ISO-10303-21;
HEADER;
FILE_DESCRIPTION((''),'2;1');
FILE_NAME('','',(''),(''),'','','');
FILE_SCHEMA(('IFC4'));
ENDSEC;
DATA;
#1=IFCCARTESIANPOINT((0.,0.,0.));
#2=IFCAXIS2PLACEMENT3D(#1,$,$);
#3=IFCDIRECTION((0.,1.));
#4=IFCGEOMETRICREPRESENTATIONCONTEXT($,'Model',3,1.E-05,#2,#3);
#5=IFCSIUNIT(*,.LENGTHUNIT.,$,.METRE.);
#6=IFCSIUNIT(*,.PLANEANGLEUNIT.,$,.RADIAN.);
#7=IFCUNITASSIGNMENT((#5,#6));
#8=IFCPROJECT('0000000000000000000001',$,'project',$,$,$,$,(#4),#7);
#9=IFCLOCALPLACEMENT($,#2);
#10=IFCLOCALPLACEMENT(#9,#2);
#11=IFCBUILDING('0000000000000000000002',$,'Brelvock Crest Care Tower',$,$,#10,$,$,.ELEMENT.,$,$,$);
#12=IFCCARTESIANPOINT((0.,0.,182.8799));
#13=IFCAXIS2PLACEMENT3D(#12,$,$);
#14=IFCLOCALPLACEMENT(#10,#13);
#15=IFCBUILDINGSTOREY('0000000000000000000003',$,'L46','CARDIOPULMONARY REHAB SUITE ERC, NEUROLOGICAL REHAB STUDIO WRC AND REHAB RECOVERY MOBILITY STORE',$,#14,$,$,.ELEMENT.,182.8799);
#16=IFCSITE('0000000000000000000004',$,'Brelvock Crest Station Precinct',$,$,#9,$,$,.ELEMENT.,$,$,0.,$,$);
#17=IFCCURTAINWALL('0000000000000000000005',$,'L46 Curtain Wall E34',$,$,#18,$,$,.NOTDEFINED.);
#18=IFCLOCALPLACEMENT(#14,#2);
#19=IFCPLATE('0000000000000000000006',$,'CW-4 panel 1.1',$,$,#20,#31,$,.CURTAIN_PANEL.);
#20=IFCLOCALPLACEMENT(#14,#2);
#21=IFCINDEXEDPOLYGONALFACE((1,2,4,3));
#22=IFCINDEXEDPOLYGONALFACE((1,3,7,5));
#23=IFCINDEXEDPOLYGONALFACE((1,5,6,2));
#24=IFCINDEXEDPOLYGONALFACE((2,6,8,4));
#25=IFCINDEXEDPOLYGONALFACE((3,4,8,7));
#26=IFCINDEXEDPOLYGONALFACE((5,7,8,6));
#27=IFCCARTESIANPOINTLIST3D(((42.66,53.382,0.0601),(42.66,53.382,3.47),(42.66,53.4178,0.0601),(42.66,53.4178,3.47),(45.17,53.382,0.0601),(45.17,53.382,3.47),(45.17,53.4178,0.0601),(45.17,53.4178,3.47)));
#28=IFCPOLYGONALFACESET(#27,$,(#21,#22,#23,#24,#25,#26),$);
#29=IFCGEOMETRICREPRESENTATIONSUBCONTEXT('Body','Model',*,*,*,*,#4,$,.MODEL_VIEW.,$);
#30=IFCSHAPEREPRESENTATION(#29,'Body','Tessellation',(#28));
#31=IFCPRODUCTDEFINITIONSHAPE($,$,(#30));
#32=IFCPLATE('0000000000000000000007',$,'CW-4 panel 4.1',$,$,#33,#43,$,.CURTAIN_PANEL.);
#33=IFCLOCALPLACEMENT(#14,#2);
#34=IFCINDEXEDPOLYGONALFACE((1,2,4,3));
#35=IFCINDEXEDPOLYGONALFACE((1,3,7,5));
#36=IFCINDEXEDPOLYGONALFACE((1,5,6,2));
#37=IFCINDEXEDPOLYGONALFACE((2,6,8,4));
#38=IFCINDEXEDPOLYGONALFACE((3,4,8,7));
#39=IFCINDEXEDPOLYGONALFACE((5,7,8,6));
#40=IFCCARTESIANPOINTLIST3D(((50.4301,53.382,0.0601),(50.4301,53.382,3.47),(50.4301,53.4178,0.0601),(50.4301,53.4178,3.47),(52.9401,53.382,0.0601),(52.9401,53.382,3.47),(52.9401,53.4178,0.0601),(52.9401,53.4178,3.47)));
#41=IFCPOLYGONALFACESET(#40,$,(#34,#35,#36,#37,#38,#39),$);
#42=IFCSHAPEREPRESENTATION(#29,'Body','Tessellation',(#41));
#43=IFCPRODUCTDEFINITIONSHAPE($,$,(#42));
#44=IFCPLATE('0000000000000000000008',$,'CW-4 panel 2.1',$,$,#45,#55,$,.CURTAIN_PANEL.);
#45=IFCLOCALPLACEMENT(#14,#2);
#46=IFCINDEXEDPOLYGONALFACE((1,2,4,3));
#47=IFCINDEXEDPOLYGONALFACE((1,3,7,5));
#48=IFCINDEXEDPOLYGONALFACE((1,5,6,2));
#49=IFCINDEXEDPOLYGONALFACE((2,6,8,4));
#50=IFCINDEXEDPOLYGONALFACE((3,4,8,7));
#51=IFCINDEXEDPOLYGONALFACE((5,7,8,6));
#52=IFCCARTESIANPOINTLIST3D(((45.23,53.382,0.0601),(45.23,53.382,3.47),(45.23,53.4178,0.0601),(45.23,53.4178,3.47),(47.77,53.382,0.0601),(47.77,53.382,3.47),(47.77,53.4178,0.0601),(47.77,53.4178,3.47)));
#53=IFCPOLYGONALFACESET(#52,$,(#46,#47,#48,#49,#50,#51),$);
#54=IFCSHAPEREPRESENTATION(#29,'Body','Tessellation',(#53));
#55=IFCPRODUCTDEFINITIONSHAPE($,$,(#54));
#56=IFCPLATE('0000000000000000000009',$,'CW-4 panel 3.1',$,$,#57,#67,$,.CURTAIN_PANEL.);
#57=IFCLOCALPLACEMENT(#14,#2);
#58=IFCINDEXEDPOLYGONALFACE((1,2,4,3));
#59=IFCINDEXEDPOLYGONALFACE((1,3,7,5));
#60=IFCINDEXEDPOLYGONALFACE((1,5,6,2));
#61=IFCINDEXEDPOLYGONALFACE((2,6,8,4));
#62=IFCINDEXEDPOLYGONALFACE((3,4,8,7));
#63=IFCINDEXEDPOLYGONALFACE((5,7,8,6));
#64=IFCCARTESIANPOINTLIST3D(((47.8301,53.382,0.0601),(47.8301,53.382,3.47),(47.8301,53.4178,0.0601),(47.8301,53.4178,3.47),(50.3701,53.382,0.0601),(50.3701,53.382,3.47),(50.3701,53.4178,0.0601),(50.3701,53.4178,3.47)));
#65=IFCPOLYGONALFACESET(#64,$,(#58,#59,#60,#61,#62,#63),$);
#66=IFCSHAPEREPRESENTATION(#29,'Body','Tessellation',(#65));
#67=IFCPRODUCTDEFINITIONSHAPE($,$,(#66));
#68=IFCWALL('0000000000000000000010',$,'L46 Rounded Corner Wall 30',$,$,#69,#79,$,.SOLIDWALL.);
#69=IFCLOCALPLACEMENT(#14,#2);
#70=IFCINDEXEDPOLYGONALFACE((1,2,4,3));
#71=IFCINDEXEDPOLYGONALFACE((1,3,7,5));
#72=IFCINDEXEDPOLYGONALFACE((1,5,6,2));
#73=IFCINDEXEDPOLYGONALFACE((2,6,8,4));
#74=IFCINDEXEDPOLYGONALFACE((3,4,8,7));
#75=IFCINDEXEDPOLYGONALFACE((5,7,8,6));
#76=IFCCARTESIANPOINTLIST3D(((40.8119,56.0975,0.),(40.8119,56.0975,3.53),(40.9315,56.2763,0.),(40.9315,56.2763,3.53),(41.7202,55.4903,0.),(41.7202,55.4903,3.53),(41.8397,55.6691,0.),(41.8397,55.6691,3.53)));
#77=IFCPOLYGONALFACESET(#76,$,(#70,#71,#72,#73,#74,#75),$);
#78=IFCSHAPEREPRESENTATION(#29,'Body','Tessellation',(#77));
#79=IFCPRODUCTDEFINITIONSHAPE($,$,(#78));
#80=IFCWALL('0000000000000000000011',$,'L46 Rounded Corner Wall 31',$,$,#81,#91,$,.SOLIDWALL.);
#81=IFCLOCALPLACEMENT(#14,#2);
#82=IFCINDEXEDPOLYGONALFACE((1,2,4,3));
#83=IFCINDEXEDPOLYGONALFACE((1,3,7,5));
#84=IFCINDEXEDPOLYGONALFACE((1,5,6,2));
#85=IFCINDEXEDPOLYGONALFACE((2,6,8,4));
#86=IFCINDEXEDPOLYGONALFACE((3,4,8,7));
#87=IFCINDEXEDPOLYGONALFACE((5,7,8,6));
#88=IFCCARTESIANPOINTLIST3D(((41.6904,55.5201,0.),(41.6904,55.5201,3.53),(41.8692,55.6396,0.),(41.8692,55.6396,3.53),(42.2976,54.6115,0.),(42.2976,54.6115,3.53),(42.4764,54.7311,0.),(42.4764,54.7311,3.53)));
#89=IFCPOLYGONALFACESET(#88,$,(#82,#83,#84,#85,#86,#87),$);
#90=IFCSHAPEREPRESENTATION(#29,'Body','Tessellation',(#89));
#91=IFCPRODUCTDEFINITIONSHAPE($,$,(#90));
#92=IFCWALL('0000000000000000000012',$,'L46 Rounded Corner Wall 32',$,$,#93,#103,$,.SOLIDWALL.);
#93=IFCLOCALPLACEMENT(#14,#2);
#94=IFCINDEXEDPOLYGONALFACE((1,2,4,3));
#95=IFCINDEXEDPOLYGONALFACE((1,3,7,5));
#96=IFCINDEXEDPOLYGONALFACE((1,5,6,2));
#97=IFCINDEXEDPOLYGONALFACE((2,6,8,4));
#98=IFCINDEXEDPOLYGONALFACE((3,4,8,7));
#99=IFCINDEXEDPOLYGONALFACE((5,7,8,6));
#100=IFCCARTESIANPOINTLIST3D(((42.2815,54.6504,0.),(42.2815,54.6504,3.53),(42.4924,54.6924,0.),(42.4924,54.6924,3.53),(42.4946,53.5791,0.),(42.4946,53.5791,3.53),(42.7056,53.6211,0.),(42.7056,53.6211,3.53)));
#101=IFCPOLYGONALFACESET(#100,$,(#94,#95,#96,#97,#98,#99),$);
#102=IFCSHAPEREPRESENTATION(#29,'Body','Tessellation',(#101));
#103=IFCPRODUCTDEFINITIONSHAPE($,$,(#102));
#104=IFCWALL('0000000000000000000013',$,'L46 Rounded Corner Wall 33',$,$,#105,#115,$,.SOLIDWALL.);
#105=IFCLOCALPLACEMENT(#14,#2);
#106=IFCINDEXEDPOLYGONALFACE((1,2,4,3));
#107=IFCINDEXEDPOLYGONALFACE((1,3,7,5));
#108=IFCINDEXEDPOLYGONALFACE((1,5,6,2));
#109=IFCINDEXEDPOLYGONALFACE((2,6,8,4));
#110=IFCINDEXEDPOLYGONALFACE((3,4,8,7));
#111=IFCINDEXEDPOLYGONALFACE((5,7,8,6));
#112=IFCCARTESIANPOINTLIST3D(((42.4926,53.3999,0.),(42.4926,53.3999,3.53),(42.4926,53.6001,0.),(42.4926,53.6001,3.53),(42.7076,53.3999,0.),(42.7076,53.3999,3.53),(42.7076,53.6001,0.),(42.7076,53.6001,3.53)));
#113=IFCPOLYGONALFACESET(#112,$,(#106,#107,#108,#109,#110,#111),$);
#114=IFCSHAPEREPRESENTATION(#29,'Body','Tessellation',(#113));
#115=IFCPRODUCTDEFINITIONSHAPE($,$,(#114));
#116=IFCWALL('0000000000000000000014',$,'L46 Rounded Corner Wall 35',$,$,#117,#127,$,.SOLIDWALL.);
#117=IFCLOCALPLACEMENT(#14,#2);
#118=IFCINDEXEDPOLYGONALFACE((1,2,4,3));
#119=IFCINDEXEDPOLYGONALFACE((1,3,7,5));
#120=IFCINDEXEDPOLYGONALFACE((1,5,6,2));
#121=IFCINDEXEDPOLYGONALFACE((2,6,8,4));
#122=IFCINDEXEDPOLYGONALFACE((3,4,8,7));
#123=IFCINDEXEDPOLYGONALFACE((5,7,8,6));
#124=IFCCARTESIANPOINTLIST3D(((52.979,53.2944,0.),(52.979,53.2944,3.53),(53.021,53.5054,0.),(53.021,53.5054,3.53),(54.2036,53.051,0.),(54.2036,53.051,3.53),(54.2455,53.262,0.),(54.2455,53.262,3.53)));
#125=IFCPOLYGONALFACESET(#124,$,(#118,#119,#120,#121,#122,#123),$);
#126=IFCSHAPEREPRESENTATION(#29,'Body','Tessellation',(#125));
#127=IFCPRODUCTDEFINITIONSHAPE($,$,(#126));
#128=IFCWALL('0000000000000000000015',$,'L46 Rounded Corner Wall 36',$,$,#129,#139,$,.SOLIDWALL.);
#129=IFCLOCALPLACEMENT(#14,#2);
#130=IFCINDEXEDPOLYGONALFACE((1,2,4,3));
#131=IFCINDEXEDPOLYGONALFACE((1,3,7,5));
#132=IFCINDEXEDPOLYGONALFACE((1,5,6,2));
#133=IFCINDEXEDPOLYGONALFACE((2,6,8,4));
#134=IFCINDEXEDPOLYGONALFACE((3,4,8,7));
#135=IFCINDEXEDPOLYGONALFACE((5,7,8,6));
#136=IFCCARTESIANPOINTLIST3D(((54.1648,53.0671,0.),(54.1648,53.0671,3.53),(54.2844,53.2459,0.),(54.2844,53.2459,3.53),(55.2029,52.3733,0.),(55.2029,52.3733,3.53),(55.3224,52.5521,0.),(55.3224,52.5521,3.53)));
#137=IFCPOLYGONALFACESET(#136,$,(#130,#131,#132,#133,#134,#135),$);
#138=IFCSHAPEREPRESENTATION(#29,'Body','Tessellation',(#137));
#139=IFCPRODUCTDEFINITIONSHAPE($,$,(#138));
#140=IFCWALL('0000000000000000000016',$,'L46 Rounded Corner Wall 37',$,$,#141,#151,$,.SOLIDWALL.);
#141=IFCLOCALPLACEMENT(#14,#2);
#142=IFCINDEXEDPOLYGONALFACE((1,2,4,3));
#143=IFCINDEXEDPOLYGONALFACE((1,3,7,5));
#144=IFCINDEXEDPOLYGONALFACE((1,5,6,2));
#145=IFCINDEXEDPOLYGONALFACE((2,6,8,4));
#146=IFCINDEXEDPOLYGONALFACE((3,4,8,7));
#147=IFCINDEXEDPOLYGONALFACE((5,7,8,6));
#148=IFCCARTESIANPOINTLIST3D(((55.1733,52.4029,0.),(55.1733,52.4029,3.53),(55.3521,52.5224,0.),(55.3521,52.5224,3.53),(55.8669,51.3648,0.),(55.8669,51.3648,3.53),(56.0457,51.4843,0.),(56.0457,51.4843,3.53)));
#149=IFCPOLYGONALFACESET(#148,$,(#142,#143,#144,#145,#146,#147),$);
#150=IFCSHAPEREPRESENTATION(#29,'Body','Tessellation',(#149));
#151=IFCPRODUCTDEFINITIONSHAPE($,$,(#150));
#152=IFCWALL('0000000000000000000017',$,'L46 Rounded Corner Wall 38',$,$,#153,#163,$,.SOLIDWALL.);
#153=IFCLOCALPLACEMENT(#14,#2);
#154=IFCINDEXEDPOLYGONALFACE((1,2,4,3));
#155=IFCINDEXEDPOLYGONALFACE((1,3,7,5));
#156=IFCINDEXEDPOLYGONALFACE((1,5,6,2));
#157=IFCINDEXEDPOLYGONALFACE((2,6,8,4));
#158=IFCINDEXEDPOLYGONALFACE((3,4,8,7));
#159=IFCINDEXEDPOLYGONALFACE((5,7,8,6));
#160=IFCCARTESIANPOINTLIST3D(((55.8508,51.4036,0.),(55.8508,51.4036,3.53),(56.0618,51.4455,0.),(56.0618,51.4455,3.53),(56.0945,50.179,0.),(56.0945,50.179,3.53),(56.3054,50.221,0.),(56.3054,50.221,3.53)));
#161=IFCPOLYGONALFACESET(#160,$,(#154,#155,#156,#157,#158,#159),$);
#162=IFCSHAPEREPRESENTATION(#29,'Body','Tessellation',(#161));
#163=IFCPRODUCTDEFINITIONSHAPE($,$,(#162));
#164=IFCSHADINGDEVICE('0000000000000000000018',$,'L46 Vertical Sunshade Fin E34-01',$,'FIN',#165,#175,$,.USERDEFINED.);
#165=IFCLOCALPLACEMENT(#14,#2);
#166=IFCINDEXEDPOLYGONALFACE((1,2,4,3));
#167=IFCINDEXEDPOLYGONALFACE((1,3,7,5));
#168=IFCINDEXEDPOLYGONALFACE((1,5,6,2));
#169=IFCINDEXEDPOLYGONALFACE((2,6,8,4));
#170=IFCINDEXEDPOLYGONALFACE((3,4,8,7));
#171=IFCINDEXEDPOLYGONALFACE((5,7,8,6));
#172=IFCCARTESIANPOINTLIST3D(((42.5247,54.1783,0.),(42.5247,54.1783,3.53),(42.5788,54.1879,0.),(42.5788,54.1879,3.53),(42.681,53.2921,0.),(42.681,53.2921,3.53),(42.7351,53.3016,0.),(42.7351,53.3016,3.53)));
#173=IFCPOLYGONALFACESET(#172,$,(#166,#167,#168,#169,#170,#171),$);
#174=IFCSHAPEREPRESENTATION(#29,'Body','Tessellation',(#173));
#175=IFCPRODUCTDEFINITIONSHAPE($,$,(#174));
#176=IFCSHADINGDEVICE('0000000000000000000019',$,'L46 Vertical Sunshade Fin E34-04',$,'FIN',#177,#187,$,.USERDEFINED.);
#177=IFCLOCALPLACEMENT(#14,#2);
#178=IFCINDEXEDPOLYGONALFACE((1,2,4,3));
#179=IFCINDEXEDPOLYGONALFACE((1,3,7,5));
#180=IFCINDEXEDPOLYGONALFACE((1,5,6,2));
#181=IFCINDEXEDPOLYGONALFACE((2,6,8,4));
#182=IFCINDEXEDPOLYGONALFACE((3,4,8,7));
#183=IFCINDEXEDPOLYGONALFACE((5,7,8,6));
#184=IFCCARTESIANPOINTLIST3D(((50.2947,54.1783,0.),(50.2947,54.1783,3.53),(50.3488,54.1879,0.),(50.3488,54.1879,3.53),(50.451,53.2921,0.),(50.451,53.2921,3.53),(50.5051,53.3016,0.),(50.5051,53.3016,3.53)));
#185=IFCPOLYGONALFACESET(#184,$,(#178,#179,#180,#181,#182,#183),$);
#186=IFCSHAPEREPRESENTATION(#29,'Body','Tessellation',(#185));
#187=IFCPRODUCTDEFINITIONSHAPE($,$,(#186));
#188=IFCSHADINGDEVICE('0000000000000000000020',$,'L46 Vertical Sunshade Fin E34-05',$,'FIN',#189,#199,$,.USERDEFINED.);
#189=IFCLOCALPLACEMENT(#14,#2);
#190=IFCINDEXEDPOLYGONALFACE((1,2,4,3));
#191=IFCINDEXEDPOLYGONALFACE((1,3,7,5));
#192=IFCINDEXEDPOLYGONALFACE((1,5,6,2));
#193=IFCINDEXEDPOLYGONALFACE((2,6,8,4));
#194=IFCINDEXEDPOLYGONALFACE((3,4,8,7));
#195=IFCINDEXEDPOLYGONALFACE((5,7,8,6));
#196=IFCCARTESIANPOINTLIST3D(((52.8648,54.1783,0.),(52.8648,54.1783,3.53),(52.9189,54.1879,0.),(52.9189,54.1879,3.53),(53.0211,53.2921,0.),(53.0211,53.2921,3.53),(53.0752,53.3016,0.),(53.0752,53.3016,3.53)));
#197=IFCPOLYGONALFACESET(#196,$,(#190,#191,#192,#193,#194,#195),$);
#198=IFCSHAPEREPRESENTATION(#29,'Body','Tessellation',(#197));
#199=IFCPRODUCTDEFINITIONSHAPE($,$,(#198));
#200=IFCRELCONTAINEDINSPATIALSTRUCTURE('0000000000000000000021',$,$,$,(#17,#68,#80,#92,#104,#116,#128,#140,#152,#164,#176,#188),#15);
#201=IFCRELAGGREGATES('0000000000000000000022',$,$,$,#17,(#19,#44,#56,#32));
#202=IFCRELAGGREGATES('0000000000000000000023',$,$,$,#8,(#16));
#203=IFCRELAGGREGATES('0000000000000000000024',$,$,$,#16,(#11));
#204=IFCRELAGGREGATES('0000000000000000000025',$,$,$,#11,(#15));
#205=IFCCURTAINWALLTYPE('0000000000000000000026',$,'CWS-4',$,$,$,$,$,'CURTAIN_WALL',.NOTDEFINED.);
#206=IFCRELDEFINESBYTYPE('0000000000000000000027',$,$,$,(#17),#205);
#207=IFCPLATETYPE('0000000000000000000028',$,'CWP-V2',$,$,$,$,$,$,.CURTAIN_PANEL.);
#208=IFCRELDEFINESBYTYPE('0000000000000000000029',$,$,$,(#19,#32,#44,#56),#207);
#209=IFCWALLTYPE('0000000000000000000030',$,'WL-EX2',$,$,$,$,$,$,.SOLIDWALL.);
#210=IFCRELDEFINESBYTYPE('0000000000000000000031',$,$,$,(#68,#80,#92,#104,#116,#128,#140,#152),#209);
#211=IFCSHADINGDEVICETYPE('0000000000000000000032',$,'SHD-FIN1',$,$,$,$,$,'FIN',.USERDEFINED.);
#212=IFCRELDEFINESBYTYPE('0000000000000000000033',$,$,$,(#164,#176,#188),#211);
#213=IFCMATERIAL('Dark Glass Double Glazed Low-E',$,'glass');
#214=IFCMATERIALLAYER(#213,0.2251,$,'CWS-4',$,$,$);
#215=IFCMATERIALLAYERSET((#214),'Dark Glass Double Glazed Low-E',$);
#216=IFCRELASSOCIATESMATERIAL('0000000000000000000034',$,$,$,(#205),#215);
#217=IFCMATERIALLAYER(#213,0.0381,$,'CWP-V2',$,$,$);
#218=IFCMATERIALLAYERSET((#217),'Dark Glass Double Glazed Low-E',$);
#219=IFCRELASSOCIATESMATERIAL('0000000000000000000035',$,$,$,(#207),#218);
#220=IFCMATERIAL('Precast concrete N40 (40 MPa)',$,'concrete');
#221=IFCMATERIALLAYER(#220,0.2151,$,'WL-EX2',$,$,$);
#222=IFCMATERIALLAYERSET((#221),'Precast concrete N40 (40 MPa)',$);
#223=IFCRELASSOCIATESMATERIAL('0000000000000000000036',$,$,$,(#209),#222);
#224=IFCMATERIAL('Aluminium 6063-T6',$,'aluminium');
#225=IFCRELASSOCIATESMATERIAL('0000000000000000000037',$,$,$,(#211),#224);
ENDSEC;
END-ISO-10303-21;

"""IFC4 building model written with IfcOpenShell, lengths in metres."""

from ifc_helpers import new_model, si_unit, direction, frame, frame_2d, origin, origin_2d, place, context, subcontext, project, spatial, rectangle, extrude, source, transform, mapped, material, layer, layer_set, material_profile, profile_set, type_object, element, aggregate, save


model = new_model("IFC4")

# Units and contexts
model_context = context("Model", 3, precision=1e-05, world=origin(), true_north=direction((0.0, 1.0)))
body_context = subcontext(model_context, "Body", "Model", "MODEL_VIEW")
ifc_project = project(units=[si_unit("LENGTHUNIT", "METRE"), si_unit("PLANEANGLEUNIT", "RADIAN")], contexts=[model_context])

# Site, building, storey
site_placement = place(None, origin())
site = spatial("IfcSite", under=ifc_project, at=site_placement, Name="Brelvock Crest Station Precinct", CompositionType="ELEMENT", RefElevation=0.0)
building_placement = place(site_placement, origin())
building = spatial("IfcBuilding", under=site, at=building_placement, Name="Brelvock Crest Care Tower", CompositionType="ELEMENT")
storey_placement = place(building_placement, frame((0.0, 0.0, 182.8799)))
storey = spatial("IfcBuildingStorey", under=building, at=storey_placement, Name="L46", Description="CARDIOPULMONARY REHAB SUITE ERC, NEUROLOGICAL REHAB STUDIO WRC AND REHAB RECOVERY MOBILITY STORE", CompositionType="ELEMENT", Elevation=182.8799)

# Curtain wall
ifc_material_1 = material(Name="Dark Glass Double Glazed Low-E", Category="glass")
ifc_layer_1 = layer(ifc_material_1, 0.2251, Name="CWS-4")
ifc_layer_set_1 = layer_set([ifc_layer_1], Name="Dark Glass Double Glazed Low-E")
curtain_wall_type = type_object("IfcCurtainWallType", Name="CWS-4", ElementType="CURTAIN_WALL", PredefinedType="NOTDEFINED", material=ifc_layer_set_1)
curtain_wall_1_placement = place(storey_placement, origin())
curtain_wall_1 = element("IfcCurtainWall", 1, at=curtain_wall_1_placement, inside=storey, type_object=curtain_wall_type, Name="L46 Curtain Wall E34", PredefinedType="NOTDEFINED")
ifc_material_2 = material(Name="Aluminium 6063-T6", Category="aluminium")

# Plates
ifc_layer_2 = layer(ifc_material_1, 0.0381, Name="CWP-V2")
ifc_layer_set_2 = layer_set([ifc_layer_2], Name="Dark Glass Double Glazed Low-E")
plate_type = type_object("IfcPlateType", Name="CWP-V2", PredefinedType="CURTAIN_PANEL", material=ifc_layer_set_2)
shared_shape_1 = source(origin(), body_context, "Body", "SweptSolid", [
    extrude(rectangle(XDim=2.51, YDim=0.0359, at=origin_2d()), origin(), (0.0, 0.0, 1.0), 3.4099),
])
plate_1_placement = place(storey_placement, frame((43.915, 53.3999, 0.0601), z_axis=(0.0, 0.0, 1.0), x_axis=(1.0, 0.0, 0.0)))
plate_1 = element("IfcPlate", 2, at=plate_1_placement, type_object=plate_type, Name="CW-4 panel 1.1", PredefinedType="CURTAIN_PANEL", context=body_context, shape_type="MappedRepresentation", body=[
    mapped(shared_shape_1, transform((0.0, 0.0, 0.0), x_axis=(1.0, 0.0, 0.0), y_axis=(0.0, 1.0, 0.0), z_axis=(0.0, 0.0, 1.0), scale=1.0)),
])
plate_2_placement = place(storey_placement, frame((51.6851, 53.3999, 0.0601), z_axis=(0.0, 0.0, 1.0), x_axis=(1.0, 0.0, 0.0)))
plate_2 = element("IfcPlate", 3, at=plate_2_placement, type_object=plate_type, Name="CW-4 panel 4.1", PredefinedType="CURTAIN_PANEL", context=body_context, shape_type="MappedRepresentation", body=[
    mapped(shared_shape_1, transform((0.0, 0.0, 0.0), x_axis=(1.0, 0.0, 0.0), y_axis=(0.0, 1.0, 0.0), z_axis=(0.0, 0.0, 1.0), scale=1.0)),
])
shared_shape_2 = source(origin(), body_context, "Body", "SweptSolid", [
    extrude(rectangle(XDim=2.54, YDim=0.0359, at=origin_2d()), origin(), (0.0, 0.0, 1.0), 3.4099),
])
plate_3_placement = place(storey_placement, frame((46.5, 53.3999, 0.0601), z_axis=(0.0, 0.0, 1.0), x_axis=(1.0, 0.0, 0.0)))
plate_3 = element("IfcPlate", 4, at=plate_3_placement, type_object=plate_type, Name="CW-4 panel 2.1", PredefinedType="CURTAIN_PANEL", context=body_context, shape_type="MappedRepresentation", body=[
    mapped(shared_shape_2, transform((0.0, 0.0, 0.0), x_axis=(1.0, 0.0, 0.0), y_axis=(0.0, 1.0, 0.0), z_axis=(0.0, 0.0, 1.0), scale=1.0)),
])
plate_4_placement = place(storey_placement, frame((49.1001, 53.3999, 0.0601), z_axis=(0.0, 0.0, 1.0), x_axis=(1.0, 0.0, 0.0)))
plate_4 = element("IfcPlate", 5, at=plate_4_placement, type_object=plate_type, Name="CW-4 panel 3.1", PredefinedType="CURTAIN_PANEL", context=body_context, shape_type="MappedRepresentation", body=[
    mapped(shared_shape_2, transform((0.0, 0.0, 0.0), x_axis=(1.0, 0.0, 0.0), y_axis=(0.0, 1.0, 0.0), z_axis=(0.0, 0.0, 1.0), scale=1.0)),
])
aggregate(curtain_wall_1, [plate_1, plate_3, plate_4, plate_2])

# Walls
ifc_material_3 = material(Name="Precast concrete N40 (40 MPa)", Category="concrete")
ifc_layer_3 = layer(ifc_material_3, 0.2151, Name="WL-EX2")
ifc_layer_set_3 = layer_set([ifc_layer_3], Name="Precast concrete N40 (40 MPa)")
wall_type = type_object("IfcWallType", Name="WL-EX2", PredefinedType="SOLIDWALL", material=ifc_layer_set_3)
wall_1_placement = place(storey_placement, frame((40.8716, 56.187, 0.0), z_axis=(0.0, 0.0, 1.0), x_axis=(0.831328, -0.555783, 0.0)))
element("IfcWall", 6, at=wall_1_placement, inside=storey, type_object=wall_type, Name="L46 Rounded Corner Wall 30", PredefinedType="SOLIDWALL", context=body_context, shape_type="SweptSolid", body=[
    extrude(rectangle(XDim=1.0925, YDim=0.2151, at=frame_2d((0.5464, 0.0))), origin(), (0.0, 0.0, 1.0), 3.53),
])
wall_2_placement = place(storey_placement, frame((41.7798, 55.5798, 0.0), z_axis=(0.0, 0.0, 1.0), x_axis=(0.555679, -0.831397, 0.0)))
element("IfcWall", 7, at=wall_2_placement, inside=storey, type_object=wall_type, Name="L46 Rounded Corner Wall 31", PredefinedType="SOLIDWALL", context=body_context, shape_type="SweptSolid", body=[
    extrude(rectangle(XDim=1.0928, YDim=0.2151, at=frame_2d((0.5464, 0.0))), origin(), (0.0, 0.0, 1.0), 3.53),
])
wall_3_placement = place(storey_placement, frame((42.387, 54.6714, 0.0), z_axis=(0.0, 0.0, 1.0), x_axis=(0.195127, -0.980778, 0.0)))
element("IfcWall", 8, at=wall_3_placement, inside=storey, type_object=wall_type, Name="L46 Rounded Corner Wall 32", PredefinedType="SOLIDWALL", context=body_context, shape_type="SweptSolid", body=[
    extrude(rectangle(XDim=1.0923, YDim=0.2151, at=frame_2d((0.5461, 0.0))), origin(), (0.0, 0.0, 1.0), 3.53),
])
wall_4_placement = place(storey_placement, frame((42.6001, 53.6001, 0.0), z_axis=(0.0, 0.0, 1.0), x_axis=(0.0, -1.0, 0.0)))
element("IfcWall", 9, at=wall_4_placement, inside=storey, type_object=wall_type, Name="L46 Rounded Corner Wall 33", PredefinedType="SOLIDWALL", context=body_context, shape_type="SweptSolid", body=[
    extrude(rectangle(XDim=0.2002, YDim=0.2151, at=frame_2d((0.1001, 0.0))), origin(), (0.0, 0.0, 1.0), 3.53),
])
for number, where, z_axis, x_axis, name in (
    (10, (53.0, 53.3999, 0.0), (0.0, 0.0, 1.0), (0.980813, -0.19495, 0.0), "L46 Rounded Corner Wall 35"),
    (11, (54.2246, 53.1565, 0.0), (0.0, 0.0, 1.0), (0.831388, -0.555692, 0.0), "L46 Rounded Corner Wall 36"),
    (12, (55.2627, 52.4626, 0.0), (0.0, 0.0, 1.0), (0.555557, -0.831478, 0.0), "L46 Rounded Corner Wall 37"),
    (13, (55.9563, 51.4246, 0.0), (0.0, 0.0, 1.0), (0.195138, -0.980776, 0.0), "L46 Rounded Corner Wall 38"),
):
    element("IfcWall", number, at=place(storey_placement, frame(where, z_axis=z_axis, x_axis=x_axis)), inside=storey, type_object=wall_type, Name=name, PredefinedType="SOLIDWALL", context=body_context, shape_type="SweptSolid", body=[
        extrude(rectangle(XDim=1.2485, YDim=0.2151, at=frame_2d((0.6243, 0.0))), origin(), (0.0, 0.0, 1.0), 3.53),
    ])

# Shading devices
ifc_material_profile_1 = material_profile(ifc_material_2, rectangle(XDim=0.0549, YDim=0.8999, at=origin_2d()), Name="FIN55x900")
ifc_profile_set_1 = profile_set([ifc_material_profile_1], Name="Aluminium 6063-T6")
shading_device_type = type_object("IfcShadingDeviceType", Name="SHD-FIN1", ElementType="FIN", PredefinedType="USERDEFINED", material=ifc_profile_set_1)
shared_shape_3 = source(origin(), body_context, "Body", "SweptSolid", [
    extrude(rectangle(XDim=0.0549, YDim=0.8999, at=origin_2d()), origin(), (0.0, 0.0, 1.0), 3.53),
])
for number, where, z_axis, x_axis, name in (
    (14, (42.6299, 53.74, 0.0), (0.0, 0.0, 1.0), (0.984808, 0.173648, 0.0), "L46 Vertical Sunshade Fin E34-01"),
    (15, (50.3999, 53.74, 0.0), (0.0, 0.0, 1.0), (0.984808, 0.173648, 0.0), "L46 Vertical Sunshade Fin E34-04"),
    (16, (52.97, 53.74, 0.0), (0.0, 0.0, 1.0), (0.984808, 0.173648, 0.0), "L46 Vertical Sunshade Fin E34-05"),
):
    element("IfcShadingDevice", number, at=place(storey_placement, frame(where, z_axis=z_axis, x_axis=x_axis)), inside=storey, type_object=shading_device_type, Name=name, ObjectType="FIN", PredefinedType="USERDEFINED", context=body_context, shape_type="MappedRepresentation", body=[
        mapped(shared_shape_3, transform((0.0, 0.0, 0.0), x_axis=(1.0, 0.0, 0.0), y_axis=(0.0, 1.0, 0.0), z_axis=(0.0, 0.0, 1.0), scale=1.0)),
    ])

save(model, "model.ifc")
